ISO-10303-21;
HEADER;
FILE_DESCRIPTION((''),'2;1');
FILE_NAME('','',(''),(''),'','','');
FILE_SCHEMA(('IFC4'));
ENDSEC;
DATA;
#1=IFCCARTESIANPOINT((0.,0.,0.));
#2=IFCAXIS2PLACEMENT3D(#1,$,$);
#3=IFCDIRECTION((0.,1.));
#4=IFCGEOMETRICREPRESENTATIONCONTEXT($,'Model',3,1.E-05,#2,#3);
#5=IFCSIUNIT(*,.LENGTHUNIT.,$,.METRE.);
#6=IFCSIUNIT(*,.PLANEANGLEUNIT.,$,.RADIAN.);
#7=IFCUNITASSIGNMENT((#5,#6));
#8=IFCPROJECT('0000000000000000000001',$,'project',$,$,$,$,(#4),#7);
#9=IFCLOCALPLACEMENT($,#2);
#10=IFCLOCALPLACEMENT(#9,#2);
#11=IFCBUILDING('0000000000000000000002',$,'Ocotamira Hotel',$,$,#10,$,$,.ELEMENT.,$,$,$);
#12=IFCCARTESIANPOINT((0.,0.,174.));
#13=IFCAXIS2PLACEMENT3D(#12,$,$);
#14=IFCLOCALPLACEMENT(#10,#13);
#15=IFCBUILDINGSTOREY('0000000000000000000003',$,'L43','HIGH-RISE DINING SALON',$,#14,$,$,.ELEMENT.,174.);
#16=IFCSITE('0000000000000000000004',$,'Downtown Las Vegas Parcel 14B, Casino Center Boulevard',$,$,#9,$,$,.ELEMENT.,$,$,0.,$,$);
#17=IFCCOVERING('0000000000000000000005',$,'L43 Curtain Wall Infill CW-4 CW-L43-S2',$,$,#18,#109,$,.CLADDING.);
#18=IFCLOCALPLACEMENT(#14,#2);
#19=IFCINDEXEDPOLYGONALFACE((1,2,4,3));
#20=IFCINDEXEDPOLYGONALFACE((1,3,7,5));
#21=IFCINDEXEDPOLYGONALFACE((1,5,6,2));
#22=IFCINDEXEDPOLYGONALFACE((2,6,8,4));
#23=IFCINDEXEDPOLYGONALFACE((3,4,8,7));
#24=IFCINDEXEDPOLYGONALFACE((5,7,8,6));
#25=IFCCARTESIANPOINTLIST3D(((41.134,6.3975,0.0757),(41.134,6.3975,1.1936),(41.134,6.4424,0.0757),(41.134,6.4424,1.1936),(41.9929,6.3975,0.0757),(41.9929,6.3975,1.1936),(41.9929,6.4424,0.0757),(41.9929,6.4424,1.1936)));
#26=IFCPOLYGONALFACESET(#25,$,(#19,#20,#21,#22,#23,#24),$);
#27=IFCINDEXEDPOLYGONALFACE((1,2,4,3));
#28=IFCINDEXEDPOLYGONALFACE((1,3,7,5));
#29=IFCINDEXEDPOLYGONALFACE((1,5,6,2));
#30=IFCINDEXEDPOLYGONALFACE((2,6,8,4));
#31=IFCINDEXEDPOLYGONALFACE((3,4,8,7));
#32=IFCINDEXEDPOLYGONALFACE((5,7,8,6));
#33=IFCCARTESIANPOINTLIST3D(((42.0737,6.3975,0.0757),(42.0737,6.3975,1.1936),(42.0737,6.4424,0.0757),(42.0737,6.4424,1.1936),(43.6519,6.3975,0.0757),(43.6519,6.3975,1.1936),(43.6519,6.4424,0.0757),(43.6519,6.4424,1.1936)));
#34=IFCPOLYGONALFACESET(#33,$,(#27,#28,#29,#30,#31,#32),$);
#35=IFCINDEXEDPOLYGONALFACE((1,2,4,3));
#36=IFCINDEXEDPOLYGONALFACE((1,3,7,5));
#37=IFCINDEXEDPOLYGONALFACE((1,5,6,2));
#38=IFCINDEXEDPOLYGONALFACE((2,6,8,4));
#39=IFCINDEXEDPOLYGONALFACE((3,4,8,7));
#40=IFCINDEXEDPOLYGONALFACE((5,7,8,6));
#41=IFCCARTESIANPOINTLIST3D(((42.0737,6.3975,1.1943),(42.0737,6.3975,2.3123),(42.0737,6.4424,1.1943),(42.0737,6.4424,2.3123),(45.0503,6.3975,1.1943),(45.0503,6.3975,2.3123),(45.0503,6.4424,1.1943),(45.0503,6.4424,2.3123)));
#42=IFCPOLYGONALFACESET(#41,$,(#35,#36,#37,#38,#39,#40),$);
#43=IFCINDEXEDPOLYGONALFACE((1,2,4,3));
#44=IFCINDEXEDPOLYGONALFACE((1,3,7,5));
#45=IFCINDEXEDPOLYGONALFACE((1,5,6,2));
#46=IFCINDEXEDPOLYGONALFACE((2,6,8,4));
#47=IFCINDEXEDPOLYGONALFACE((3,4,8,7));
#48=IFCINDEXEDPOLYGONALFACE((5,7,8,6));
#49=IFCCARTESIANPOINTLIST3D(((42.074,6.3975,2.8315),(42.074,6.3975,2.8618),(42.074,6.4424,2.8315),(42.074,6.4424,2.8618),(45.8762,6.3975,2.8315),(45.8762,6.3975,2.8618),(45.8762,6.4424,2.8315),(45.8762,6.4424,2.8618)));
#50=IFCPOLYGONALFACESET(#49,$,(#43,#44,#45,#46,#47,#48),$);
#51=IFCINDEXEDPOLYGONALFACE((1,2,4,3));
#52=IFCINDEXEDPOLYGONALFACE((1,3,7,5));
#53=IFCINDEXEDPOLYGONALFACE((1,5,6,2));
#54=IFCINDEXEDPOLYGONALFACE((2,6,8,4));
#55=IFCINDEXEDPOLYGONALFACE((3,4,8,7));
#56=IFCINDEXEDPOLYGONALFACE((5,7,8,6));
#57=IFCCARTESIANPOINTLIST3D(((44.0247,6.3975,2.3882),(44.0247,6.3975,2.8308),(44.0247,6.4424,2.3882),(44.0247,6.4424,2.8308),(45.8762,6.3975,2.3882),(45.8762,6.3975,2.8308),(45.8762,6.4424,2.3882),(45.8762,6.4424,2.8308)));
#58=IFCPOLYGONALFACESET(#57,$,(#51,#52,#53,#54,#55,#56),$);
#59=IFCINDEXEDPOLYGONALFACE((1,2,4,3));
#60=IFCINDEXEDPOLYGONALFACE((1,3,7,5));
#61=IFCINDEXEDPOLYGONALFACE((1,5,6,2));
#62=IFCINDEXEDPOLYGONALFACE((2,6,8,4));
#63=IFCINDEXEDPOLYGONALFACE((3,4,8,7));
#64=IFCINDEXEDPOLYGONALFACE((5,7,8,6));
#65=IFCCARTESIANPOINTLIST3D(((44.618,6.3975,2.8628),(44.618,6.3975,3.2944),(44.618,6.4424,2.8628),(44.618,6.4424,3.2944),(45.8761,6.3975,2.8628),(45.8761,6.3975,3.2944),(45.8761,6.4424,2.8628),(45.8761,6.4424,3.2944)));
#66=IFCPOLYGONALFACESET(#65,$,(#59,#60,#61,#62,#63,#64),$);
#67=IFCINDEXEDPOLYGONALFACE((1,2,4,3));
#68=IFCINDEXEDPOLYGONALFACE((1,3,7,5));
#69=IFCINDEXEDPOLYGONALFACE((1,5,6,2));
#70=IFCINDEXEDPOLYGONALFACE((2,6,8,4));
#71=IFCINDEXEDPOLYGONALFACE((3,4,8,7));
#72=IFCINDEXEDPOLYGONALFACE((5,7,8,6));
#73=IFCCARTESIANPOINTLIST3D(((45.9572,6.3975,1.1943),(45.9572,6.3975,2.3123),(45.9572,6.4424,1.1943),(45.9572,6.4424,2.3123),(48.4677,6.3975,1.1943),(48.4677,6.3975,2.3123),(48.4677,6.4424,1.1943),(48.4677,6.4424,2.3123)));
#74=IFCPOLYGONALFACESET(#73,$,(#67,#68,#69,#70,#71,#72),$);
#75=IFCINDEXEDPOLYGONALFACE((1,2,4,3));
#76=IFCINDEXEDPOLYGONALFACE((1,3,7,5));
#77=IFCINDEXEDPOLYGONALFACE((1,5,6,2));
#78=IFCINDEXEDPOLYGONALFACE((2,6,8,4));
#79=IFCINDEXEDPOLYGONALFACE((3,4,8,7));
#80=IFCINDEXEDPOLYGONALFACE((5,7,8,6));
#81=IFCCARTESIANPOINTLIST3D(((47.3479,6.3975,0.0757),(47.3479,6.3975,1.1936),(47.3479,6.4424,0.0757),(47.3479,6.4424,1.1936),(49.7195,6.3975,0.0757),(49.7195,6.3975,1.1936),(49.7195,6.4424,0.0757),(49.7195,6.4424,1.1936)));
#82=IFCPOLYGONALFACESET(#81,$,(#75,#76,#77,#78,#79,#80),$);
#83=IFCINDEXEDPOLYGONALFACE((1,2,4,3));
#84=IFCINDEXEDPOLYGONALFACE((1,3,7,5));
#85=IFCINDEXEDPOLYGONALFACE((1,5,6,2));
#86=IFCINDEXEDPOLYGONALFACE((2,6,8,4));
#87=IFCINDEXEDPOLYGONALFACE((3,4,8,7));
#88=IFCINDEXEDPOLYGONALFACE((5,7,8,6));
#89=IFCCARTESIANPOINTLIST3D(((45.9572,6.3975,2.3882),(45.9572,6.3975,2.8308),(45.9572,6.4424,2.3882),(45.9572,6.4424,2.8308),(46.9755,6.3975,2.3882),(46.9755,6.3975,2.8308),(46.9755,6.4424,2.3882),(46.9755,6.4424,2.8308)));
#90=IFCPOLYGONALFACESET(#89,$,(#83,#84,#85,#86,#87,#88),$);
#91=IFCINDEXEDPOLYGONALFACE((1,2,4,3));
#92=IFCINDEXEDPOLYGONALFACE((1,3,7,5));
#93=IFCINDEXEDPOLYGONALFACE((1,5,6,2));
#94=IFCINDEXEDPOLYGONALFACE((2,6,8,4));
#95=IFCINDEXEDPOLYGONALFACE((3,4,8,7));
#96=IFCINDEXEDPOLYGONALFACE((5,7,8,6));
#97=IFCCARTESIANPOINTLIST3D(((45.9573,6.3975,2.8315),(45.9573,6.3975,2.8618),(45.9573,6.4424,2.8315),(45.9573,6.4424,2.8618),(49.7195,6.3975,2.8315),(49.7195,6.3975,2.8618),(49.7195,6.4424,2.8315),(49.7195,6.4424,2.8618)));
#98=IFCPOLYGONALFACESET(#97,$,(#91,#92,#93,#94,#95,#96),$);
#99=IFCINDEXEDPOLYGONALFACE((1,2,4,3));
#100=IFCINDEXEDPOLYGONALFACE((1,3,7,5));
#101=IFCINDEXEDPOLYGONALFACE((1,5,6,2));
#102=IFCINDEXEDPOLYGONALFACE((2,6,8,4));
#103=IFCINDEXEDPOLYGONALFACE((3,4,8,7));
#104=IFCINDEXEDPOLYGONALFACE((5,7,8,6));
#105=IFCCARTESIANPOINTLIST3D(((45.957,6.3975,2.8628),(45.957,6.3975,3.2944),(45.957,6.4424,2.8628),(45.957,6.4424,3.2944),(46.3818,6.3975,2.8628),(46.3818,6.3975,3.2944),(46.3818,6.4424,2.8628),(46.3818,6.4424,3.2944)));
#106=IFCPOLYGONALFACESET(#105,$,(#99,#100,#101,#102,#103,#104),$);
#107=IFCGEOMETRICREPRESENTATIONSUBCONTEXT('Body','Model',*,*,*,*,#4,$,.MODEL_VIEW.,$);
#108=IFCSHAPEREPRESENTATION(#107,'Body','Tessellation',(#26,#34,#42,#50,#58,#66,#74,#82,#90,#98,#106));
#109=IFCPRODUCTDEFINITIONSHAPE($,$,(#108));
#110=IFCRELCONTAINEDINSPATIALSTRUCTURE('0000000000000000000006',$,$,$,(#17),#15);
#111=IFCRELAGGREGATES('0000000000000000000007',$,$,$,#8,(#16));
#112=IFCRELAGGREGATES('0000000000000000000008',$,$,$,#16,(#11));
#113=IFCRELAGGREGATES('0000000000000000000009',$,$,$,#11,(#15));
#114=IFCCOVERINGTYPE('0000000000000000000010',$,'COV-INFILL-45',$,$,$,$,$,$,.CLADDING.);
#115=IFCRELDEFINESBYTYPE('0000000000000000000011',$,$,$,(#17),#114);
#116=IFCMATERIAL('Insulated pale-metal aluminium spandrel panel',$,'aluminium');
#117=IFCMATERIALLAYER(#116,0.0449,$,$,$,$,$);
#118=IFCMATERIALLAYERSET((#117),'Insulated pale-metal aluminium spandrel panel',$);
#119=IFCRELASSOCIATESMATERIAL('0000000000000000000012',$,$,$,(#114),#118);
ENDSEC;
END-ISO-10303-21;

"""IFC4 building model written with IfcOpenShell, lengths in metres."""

from ifc_helpers import new_model, si_unit, direction, frame, origin, origin_2d, place, context, subcontext, project, spatial, rectangle, extrude, material, layer, layer_set, type_object, element, save


model = new_model("IFC4")

# Units and contexts
model_context = context("Model", 3, precision=1e-05, world=origin(), true_north=direction((0.0, 1.0)))
body_context = subcontext(model_context, "Body", "Model", "MODEL_VIEW")
ifc_project = project(units=[si_unit("LENGTHUNIT", "METRE"), si_unit("PLANEANGLEUNIT", "RADIAN")], contexts=[model_context])

# Site, building, storey
site_placement = place(None, origin())
site = spatial("IfcSite", under=ifc_project, at=site_placement, Name="Downtown Las Vegas Parcel 14B, Casino Center Boulevard", CompositionType="ELEMENT", RefElevation=0.0)
building_placement = place(site_placement, origin())
building = spatial("IfcBuilding", under=site, at=building_placement, Name="Ocotamira Hotel", CompositionType="ELEMENT")
storey_placement = place(building_placement, frame((0.0, 0.0, 174.0)))
storey = spatial("IfcBuildingStorey", under=building, at=storey_placement, Name="L43", Description="HIGH-RISE DINING SALON", CompositionType="ELEMENT", Elevation=174.0)

# Covering
ifc_material_1 = material(Name="Insulated pale-metal aluminium spandrel panel", Category="aluminium")
ifc_layer_1 = layer(ifc_material_1, 0.0449)
ifc_layer_set_1 = layer_set([ifc_layer_1], Name="Insulated pale-metal aluminium spandrel panel")
covering_type_1 = type_object("IfcCoveringType", Name="COV-INFILL-45", PredefinedType="CLADDING", material=ifc_layer_set_1)
covering_1_placement = place(storey_placement, origin())
element("IfcCovering", 1, at=covering_1_placement, inside=storey, type_object=covering_type_1, Name="L43 Curtain Wall Infill CW-4 CW-L43-S2", PredefinedType="CLADDING", context=body_context, shape_type="SweptSolid", body=[
    extrude(rectangle(XDim=0.8589, YDim=0.0449, at=origin_2d()), frame((41.5635, 6.4199, 0.0757), z_axis=(0.0, 0.0, 1.0), x_axis=(1.0, 0.0, 0.0)), (0.0, 0.0, 1.0), 1.1179),
    extrude(rectangle(XDim=1.5781, YDim=0.0449, at=origin_2d()), frame((42.8628, 6.4199, 0.0757), z_axis=(0.0, 0.0, 1.0), x_axis=(1.0, 0.0, 0.0)), (0.0, 0.0, 1.0), 1.1179),
    extrude(rectangle(XDim=2.9766, YDim=0.0449, at=origin_2d()), frame((43.562, 6.4199, 1.1943), z_axis=(0.0, 0.0, 1.0), x_axis=(1.0, 0.0, 0.0)), (0.0, 0.0, 1.0), 1.1179),
    extrude(rectangle(XDim=3.8022, YDim=0.0449, at=origin_2d()), frame((43.9751, 6.4199, 2.8315), z_axis=(0.0, 0.0, 1.0), x_axis=(1.0, 0.0, 0.0)), (0.0, 0.0, 1.0), 0.0303),
    extrude(rectangle(XDim=1.8516, YDim=0.0449, at=origin_2d()), frame((44.9504, 6.4199, 2.3882), z_axis=(0.0, 0.0, 1.0), x_axis=(1.0, 0.0, 0.0)), (0.0, 0.0, 1.0), 0.4426),
    extrude(rectangle(XDim=1.2581, YDim=0.0449, at=origin_2d()), frame((45.2471, 6.4199, 2.8628), z_axis=(0.0, 0.0, 1.0), x_axis=(1.0, 0.0, 0.0)), (0.0, 0.0, 1.0), 0.4316),
    extrude(rectangle(XDim=2.5105, YDim=0.0449, at=origin_2d()), frame((47.2124, 6.4199, 1.1943), z_axis=(0.0, 0.0, 1.0), x_axis=(1.0, 0.0, 0.0)), (0.0, 0.0, 1.0), 1.1179),
    extrude(rectangle(XDim=2.3716, YDim=0.0449, at=origin_2d()), frame((48.5337, 6.4199, 0.0757), z_axis=(0.0, 0.0, 1.0), x_axis=(1.0, 0.0, 0.0)), (0.0, 0.0, 1.0), 1.1179),
    extrude(rectangle(XDim=1.0183, YDim=0.0449, at=origin_2d()), frame((46.4663, 6.4199, 2.3882), z_axis=(0.0, 0.0, 1.0), x_axis=(1.0, 0.0, 0.0)), (0.0, 0.0, 1.0), 0.4426),
    extrude(rectangle(XDim=3.7622, YDim=0.0449, at=origin_2d()), frame((47.8384, 6.4199, 2.8315), z_axis=(0.0, 0.0, 1.0), x_axis=(1.0, 0.0, 0.0)), (0.0, 0.0, 1.0), 0.0303),
    extrude(rectangle(XDim=0.4248, YDim=0.0449, at=origin_2d()), frame((46.1694, 6.4199, 2.8628), z_axis=(0.0, 0.0, 1.0), x_axis=(1.0, 0.0, 0.0)), (0.0, 0.0, 1.0), 0.4316),
])

save(model, "model.ifc")
